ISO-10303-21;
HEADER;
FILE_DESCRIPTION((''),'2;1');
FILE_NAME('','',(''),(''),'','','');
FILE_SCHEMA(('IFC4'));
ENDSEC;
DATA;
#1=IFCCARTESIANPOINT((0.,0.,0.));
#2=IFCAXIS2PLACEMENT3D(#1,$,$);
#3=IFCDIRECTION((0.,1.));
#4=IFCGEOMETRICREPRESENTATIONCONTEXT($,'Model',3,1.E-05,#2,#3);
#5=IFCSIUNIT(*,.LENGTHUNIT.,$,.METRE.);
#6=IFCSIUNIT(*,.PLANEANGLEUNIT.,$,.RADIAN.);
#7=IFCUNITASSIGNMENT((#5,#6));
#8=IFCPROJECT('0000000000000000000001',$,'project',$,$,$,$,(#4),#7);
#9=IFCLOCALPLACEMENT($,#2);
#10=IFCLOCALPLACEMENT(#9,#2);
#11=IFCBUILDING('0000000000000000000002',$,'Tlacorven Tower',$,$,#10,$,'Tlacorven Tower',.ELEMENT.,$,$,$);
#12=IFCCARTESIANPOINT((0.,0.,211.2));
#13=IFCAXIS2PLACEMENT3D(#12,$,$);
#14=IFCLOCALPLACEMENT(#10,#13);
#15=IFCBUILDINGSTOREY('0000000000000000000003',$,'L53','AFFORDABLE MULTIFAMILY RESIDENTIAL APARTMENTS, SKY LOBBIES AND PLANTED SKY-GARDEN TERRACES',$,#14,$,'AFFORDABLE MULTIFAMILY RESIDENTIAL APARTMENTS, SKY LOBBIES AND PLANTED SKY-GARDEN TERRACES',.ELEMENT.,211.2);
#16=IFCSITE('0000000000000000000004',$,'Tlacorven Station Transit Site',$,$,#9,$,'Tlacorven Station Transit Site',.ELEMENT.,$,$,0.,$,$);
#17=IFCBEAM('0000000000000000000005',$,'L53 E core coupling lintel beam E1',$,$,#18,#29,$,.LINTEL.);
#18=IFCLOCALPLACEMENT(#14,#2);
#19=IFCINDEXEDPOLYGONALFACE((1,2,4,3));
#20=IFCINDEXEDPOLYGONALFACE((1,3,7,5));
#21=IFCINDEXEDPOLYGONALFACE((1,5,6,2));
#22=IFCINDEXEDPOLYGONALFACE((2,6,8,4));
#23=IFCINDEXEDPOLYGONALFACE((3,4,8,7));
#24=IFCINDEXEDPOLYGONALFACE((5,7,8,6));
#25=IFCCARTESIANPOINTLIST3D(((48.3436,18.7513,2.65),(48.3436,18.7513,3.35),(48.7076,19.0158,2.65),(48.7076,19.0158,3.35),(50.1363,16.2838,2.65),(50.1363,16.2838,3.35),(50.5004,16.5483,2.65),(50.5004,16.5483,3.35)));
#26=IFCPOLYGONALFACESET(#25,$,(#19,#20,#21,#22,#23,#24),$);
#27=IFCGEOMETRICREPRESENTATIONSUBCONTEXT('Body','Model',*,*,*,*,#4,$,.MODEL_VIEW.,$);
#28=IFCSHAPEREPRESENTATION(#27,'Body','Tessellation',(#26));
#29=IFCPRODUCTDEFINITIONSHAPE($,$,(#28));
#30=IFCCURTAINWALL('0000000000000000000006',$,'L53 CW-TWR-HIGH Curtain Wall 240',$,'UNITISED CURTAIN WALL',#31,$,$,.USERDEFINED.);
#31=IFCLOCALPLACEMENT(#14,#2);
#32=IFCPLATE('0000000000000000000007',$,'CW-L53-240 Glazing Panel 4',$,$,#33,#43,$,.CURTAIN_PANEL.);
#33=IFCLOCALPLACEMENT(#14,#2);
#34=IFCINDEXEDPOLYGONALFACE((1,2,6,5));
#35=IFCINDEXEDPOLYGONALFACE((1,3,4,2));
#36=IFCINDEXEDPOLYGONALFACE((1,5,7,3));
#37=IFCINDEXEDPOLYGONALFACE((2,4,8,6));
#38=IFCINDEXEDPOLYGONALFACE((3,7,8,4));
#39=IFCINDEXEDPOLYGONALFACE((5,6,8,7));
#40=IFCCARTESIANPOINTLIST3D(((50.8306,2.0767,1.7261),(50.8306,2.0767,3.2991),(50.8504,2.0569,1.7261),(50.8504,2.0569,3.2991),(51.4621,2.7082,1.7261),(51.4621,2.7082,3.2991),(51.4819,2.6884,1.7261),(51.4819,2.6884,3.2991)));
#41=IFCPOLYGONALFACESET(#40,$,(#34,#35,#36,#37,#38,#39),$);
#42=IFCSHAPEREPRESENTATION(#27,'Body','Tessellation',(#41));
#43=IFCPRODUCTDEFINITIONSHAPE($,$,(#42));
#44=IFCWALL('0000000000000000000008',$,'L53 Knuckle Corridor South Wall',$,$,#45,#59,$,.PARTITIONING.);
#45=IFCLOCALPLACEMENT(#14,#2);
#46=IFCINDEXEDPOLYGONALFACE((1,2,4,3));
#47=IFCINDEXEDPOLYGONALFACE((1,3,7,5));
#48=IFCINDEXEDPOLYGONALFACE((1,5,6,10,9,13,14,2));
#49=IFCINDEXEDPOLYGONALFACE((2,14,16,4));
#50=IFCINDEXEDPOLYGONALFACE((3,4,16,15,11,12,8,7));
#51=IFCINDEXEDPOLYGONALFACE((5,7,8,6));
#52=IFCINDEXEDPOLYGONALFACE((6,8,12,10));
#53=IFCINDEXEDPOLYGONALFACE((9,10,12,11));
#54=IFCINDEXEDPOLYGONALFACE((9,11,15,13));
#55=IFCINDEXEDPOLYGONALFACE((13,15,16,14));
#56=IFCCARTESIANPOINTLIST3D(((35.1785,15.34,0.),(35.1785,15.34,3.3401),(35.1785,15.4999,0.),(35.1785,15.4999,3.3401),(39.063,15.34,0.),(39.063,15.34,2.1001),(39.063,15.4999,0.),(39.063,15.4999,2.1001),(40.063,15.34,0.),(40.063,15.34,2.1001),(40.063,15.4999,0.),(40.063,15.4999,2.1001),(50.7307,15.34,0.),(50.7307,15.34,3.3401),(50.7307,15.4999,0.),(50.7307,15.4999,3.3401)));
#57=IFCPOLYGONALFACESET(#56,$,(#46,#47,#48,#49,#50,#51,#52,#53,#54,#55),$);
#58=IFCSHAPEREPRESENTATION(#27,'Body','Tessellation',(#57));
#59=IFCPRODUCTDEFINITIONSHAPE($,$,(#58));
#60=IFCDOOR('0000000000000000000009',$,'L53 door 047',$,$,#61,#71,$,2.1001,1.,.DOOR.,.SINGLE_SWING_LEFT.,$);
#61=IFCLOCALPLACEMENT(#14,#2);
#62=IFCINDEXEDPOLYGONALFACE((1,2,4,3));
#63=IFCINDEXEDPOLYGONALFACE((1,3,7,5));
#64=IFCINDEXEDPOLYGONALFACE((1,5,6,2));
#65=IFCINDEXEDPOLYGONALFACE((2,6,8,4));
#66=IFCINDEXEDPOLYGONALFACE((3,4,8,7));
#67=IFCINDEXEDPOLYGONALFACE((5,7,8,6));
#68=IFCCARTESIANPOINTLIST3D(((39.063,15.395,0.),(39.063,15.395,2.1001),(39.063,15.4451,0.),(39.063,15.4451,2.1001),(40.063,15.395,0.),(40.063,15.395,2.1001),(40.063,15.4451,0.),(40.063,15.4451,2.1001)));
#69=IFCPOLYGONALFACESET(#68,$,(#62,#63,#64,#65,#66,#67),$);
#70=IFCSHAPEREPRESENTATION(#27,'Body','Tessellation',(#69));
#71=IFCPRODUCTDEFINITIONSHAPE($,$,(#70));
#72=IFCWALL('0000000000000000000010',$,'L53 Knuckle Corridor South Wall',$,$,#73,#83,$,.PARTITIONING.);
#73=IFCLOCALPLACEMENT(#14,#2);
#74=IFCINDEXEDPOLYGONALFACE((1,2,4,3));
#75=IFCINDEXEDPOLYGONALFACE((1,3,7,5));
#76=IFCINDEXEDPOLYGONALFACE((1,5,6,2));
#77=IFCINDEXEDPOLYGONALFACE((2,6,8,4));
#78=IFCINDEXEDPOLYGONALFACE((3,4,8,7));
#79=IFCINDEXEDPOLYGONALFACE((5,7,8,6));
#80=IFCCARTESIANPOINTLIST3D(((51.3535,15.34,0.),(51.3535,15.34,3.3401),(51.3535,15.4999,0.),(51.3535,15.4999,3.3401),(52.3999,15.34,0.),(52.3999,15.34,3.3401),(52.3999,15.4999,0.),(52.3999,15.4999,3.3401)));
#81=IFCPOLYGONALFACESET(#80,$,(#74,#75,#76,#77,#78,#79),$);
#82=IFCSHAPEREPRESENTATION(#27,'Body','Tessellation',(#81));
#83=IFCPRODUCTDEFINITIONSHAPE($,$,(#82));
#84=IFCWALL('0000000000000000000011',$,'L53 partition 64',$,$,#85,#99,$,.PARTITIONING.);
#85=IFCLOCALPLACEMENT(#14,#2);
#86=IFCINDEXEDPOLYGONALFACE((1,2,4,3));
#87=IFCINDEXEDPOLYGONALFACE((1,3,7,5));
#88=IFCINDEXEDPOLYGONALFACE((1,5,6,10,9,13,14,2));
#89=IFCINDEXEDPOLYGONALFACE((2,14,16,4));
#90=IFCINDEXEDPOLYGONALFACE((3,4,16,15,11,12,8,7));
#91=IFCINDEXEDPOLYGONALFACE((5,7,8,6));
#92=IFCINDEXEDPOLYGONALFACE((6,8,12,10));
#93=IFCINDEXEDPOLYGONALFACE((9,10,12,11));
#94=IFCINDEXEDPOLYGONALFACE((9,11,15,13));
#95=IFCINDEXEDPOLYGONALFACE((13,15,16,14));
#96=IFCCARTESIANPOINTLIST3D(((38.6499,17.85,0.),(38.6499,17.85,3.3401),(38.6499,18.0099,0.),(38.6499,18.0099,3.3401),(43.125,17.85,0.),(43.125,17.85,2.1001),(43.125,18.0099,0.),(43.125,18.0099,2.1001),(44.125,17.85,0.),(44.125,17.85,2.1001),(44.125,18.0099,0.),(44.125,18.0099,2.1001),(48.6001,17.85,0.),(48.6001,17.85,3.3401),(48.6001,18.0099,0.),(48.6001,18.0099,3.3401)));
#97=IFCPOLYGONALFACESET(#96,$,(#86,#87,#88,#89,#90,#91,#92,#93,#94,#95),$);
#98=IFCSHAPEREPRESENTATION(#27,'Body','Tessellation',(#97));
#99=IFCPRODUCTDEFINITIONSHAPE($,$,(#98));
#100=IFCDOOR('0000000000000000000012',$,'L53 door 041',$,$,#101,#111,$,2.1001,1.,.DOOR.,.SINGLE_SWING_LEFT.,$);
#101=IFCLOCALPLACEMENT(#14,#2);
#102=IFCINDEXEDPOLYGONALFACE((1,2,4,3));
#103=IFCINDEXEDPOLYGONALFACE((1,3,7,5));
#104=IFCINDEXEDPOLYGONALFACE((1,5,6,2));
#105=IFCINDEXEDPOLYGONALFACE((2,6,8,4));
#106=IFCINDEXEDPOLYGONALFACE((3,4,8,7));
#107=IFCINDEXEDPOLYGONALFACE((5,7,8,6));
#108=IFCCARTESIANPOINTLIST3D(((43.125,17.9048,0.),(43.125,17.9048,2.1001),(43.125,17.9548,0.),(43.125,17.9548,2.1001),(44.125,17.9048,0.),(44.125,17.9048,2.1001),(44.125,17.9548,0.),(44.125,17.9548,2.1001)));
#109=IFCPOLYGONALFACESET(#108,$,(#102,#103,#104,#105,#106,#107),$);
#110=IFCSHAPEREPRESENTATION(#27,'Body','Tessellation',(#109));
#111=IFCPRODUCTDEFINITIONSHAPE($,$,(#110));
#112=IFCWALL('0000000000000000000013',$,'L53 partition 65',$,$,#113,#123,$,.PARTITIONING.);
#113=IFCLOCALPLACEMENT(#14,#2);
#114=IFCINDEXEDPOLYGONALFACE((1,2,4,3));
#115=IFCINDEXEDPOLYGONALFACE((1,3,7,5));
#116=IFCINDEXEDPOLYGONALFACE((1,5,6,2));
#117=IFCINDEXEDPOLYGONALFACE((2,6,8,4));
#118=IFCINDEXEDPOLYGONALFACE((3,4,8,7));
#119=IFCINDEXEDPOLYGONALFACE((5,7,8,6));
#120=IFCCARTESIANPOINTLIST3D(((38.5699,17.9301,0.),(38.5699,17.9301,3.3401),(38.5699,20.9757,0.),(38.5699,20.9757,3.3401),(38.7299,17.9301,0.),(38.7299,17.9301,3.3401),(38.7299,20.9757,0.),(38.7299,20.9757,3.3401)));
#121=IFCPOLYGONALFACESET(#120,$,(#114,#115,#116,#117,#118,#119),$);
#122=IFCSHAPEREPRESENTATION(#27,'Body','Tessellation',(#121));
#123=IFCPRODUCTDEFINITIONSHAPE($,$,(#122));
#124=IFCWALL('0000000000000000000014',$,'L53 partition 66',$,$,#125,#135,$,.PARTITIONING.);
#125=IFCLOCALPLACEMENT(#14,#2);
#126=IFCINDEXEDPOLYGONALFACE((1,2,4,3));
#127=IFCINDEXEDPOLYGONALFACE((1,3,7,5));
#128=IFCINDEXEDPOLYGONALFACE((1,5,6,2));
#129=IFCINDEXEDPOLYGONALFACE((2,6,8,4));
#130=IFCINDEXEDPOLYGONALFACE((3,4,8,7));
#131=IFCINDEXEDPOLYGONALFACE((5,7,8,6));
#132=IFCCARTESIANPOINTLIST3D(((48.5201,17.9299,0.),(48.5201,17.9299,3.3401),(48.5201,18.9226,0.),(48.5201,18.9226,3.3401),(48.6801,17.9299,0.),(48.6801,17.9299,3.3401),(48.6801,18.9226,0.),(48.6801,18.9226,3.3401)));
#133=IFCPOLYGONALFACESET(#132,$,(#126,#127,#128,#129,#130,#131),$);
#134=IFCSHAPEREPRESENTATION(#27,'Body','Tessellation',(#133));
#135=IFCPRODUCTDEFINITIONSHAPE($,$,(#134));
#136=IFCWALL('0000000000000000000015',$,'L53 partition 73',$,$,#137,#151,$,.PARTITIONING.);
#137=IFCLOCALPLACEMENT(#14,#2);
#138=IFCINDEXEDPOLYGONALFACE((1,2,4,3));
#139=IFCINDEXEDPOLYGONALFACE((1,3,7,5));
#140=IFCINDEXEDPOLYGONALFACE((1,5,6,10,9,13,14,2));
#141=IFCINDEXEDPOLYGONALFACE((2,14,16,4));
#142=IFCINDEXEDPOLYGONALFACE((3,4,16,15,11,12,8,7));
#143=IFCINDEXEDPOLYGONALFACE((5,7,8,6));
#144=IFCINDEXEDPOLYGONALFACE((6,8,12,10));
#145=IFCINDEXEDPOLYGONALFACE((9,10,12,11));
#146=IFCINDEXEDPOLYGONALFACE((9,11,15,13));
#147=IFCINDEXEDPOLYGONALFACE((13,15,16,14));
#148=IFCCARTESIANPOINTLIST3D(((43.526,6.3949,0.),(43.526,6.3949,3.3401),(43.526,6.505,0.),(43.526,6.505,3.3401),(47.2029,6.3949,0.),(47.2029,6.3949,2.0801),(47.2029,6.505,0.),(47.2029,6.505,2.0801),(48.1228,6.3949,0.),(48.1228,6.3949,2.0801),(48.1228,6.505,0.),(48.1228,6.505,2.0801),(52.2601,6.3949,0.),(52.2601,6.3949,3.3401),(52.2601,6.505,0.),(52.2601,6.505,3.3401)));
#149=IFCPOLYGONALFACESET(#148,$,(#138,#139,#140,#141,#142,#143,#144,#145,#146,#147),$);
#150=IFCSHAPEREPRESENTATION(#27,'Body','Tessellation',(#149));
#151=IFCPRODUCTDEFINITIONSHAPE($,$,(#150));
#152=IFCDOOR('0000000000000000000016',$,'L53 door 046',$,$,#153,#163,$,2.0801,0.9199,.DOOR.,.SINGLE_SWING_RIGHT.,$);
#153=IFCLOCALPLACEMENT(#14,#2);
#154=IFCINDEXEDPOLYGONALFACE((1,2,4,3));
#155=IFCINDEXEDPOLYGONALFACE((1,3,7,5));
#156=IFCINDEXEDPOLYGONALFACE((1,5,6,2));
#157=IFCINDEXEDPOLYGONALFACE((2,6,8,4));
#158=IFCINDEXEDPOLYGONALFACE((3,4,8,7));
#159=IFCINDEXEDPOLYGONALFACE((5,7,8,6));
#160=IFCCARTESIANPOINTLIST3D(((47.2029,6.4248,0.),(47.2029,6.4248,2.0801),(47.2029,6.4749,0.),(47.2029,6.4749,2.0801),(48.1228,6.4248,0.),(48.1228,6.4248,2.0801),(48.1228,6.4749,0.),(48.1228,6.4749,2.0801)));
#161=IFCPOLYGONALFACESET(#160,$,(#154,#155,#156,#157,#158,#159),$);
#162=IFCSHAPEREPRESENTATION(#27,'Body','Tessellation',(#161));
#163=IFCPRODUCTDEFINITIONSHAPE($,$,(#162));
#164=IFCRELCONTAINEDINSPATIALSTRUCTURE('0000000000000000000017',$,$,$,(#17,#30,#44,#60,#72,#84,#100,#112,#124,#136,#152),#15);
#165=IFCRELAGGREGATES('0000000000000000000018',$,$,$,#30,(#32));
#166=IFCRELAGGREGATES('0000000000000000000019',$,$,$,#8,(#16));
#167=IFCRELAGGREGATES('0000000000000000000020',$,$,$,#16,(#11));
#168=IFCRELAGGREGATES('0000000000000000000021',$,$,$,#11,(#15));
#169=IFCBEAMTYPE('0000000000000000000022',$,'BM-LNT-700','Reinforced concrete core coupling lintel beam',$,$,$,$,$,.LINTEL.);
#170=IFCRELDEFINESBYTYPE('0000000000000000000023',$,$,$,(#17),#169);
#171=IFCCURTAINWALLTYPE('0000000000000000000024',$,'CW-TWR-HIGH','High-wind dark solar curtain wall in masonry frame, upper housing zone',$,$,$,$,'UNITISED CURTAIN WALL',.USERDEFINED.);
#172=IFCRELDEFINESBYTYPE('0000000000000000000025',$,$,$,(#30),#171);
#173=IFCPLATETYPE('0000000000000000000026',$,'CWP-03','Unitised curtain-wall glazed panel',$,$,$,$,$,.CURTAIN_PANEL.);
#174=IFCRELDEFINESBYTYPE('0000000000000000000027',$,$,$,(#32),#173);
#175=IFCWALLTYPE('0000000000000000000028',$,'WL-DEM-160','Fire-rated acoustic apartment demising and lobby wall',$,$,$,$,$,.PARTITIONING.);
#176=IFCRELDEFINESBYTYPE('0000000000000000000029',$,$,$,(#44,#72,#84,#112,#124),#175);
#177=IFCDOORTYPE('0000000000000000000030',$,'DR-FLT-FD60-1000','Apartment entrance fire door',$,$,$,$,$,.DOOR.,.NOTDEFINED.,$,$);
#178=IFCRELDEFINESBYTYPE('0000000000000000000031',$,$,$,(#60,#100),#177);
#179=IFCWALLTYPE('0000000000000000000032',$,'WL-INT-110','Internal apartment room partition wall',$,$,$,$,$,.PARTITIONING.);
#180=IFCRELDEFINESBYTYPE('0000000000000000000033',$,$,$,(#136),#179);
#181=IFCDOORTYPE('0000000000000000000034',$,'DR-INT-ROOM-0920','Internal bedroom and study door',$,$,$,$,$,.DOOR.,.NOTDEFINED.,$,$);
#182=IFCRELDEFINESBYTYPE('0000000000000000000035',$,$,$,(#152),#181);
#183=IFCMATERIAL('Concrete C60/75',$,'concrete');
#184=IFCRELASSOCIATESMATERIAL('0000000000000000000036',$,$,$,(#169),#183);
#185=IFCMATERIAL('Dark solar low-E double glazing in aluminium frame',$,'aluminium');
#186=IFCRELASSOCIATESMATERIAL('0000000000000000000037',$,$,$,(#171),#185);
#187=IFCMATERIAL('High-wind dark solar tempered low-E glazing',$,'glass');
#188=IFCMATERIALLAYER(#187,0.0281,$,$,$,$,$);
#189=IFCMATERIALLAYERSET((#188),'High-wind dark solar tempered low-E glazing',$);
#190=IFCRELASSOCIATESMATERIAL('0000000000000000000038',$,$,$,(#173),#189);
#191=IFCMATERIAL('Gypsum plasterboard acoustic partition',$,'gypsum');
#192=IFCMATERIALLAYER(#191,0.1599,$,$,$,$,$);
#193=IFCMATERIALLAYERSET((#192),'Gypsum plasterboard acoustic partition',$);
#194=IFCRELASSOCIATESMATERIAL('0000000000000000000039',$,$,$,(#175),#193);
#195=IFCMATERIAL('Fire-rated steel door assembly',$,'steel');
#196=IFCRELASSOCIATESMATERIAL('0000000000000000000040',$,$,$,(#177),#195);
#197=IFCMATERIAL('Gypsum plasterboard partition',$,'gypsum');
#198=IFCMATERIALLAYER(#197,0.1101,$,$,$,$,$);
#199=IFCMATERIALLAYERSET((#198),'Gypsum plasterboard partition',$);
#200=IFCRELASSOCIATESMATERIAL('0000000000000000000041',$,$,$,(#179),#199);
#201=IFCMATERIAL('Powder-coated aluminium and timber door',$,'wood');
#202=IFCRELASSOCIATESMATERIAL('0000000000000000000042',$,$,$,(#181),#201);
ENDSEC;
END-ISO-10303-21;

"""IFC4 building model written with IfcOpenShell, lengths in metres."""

from ifc_helpers import new_model, si_unit, direction, frame, frame_2d, origin, origin_2d, place, context, subcontext, project, spatial, rectangle, extrude, source, transform, mapped, material, layer, layer_set, material_profile, profile_set, type_object, element, fill, aggregate, save


model = new_model("IFC4")

# Units and contexts
model_context = context("Model", 3, precision=1e-05, world=origin(), true_north=direction((0.0, 1.0)))
body_context = subcontext(model_context, "Body", "Model", "MODEL_VIEW")
ifc_project = project(units=[si_unit("LENGTHUNIT", "METRE"), si_unit("PLANEANGLEUNIT", "RADIAN")], contexts=[model_context])

# Site, building, storey
site_placement = place(None, origin())
site = spatial("IfcSite", under=ifc_project, at=site_placement, Name="Tlacorven Station Transit Site", LongName="Tlacorven Station Transit Site", CompositionType="ELEMENT", RefElevation=0.0)
building_placement = place(site_placement, origin())
building = spatial("IfcBuilding", under=site, at=building_placement, Name="Tlacorven Tower", LongName="Tlacorven Tower", CompositionType="ELEMENT")
storey_placement = place(building_placement, frame((0.0, 0.0, 211.2)))
storey = spatial("IfcBuildingStorey", under=building, at=storey_placement, Name="L53", Description="AFFORDABLE MULTIFAMILY RESIDENTIAL APARTMENTS, SKY LOBBIES AND PLANTED SKY-GARDEN TERRACES", LongName="AFFORDABLE MULTIFAMILY RESIDENTIAL APARTMENTS, SKY LOBBIES AND PLANTED SKY-GARDEN TERRACES", CompositionType="ELEMENT", Elevation=211.2)

# Beam
ifc_material_1 = material(Name="Concrete C60/75", Category="concrete")
ifc_material_profile = material_profile(ifc_material_1, rectangle(XDim=0.45, YDim=0.7, at=origin_2d()), Name="RC 450X700")
ifc_profile_set = profile_set([ifc_material_profile], Name="Concrete C60/75")
beam_type = type_object("IfcBeamType", Name="BM-LNT-700", Description="Reinforced concrete core coupling lintel beam", PredefinedType="LINTEL", material=ifc_profile_set)
shared_shape_1 = source(origin(), body_context, "Body", "SweptSolid", [
    extrude(rectangle(XDim=0.45, YDim=0.7, at=origin_2d()), origin(), (0.0, 0.0, 1.0), 3.05),
])
beam_placement = place(storey_placement, frame((50.3184, 16.416, 3.0), z_axis=(-0.587777, 0.809023, 0.0), x_axis=(-0.809023, -0.587777, 0.0)))
element("IfcBeam", 1, at=beam_placement, inside=storey, type_object=beam_type, Name="L53 E core coupling lintel beam E1", PredefinedType="LINTEL", context=body_context, shape_type="MappedRepresentation", body=[
    mapped(shared_shape_1, transform((0.0, 0.0, 0.0), scale=1.0)),
])

# Curtain wall, plate
ifc_material_2 = material(Name="Dark solar low-E double glazing in aluminium frame", Category="aluminium")
curtain_wall_type = type_object("IfcCurtainWallType", Name="CW-TWR-HIGH", Description="High-wind dark solar curtain wall in masonry frame, upper housing zone", ElementType="UNITISED CURTAIN WALL", PredefinedType="USERDEFINED", material=ifc_material_2)
curtain_wall_placement = place(storey_placement, origin())
curtain_wall = element("IfcCurtainWall", 2, at=curtain_wall_placement, inside=storey, type_object=curtain_wall_type, Name="L53 CW-TWR-HIGH Curtain Wall 240", ObjectType="UNITISED CURTAIN WALL", PredefinedType="USERDEFINED")
ifc_material_3 = material(Name="High-wind dark solar tempered low-E glazing", Category="glass")
ifc_layer_1 = layer(ifc_material_3, 0.0281)
ifc_layer_set_1 = layer_set([ifc_layer_1], Name="High-wind dark solar tempered low-E glazing")
plate_type = type_object("IfcPlateType", Name="CWP-03", Description="Unitised curtain-wall glazed panel", PredefinedType="CURTAIN_PANEL", material=ifc_layer_set_1)
shared_shape_2 = source(origin(), body_context, "Body", "SweptSolid", [
    extrude(rectangle(XDim=0.8931, YDim=0.0281, at=origin_2d()), origin(), (0.0, 0.0, 1.0), 1.573),
])
plate_placement = place(storey_placement, frame((51.1562, 2.3826, 1.7261), z_axis=(0.0, 0.0, 1.0), x_axis=(-0.707107, -0.707107, 0.0)))
plate = element("IfcPlate", 3, at=plate_placement, type_object=plate_type, Name="CW-L53-240 Glazing Panel 4", PredefinedType="CURTAIN_PANEL", context=body_context, shape_type="MappedRepresentation", body=[
    mapped(shared_shape_2, transform((0.0, 0.0, 0.0), scale=1.0)),
])
aggregate(curtain_wall, [plate])

# Wall, opening, door
ifc_material_4 = material(Name="Gypsum plasterboard acoustic partition", Category="gypsum")
ifc_layer_2 = layer(ifc_material_4, 0.1599)
ifc_layer_set_2 = layer_set([ifc_layer_2], Name="Gypsum plasterboard acoustic partition")
wall_type_1 = type_object("IfcWallType", Name="WL-DEM-160", Description="Fire-rated acoustic apartment demising and lobby wall", PredefinedType="PARTITIONING", material=ifc_layer_set_2)
wall_1_placement = place(storey_placement, frame((35.1785, 15.4199, 0.0), z_axis=(0.0, 0.0, 1.0), x_axis=(1.0, 0.0, 0.0)))
wall_1 = element("IfcWall", 4, at=wall_1_placement, inside=storey, type_object=wall_type_1, Name="L53 Knuckle Corridor South Wall", PredefinedType="PARTITIONING", context=body_context, shape_type="SweptSolid", body=[
    extrude(rectangle(XDim=15.5522, YDim=0.1599, at=frame_2d((7.7761, 0.0))), origin(), (0.0, 0.0, 1.0), 3.3401),
])
opening_1_placement = place(wall_1_placement, frame((3.8845, 0.0, 0.0)))
opening_1 = element("IfcOpeningElement", 5, at=opening_1_placement, cuts=wall_1, PredefinedType="OPENING", context=body_context, shape_type="SweptSolid", body=[
    extrude(rectangle(XDim=1.0, YDim=2.1001, at=frame_2d((0.5, 1.05))), frame((0.0, 0.0898, 0.0), z_axis=(0.0, -1.0, 0.0), x_axis=(1.0, 0.0, 0.0)), (0.0, 0.0, 1.0), 0.1799),
])
ifc_material_5 = material(Name="Fire-rated steel door assembly", Category="steel")
door_type_1 = type_object("IfcDoorType", Name="DR-FLT-FD60-1000", Description="Apartment entrance fire door", OperationType="NOTDEFINED", PredefinedType="DOOR", material=ifc_material_5)
shared_shape_3 = source(origin(), body_context, "Body", "SweptSolid", [
    extrude(rectangle(XDim=1.0, YDim=2.1001, at=frame_2d((0.5, 1.05))), frame((0.0, 0.0249, 0.0), z_axis=(0.0, -1.0, 0.0), x_axis=(1.0, 0.0, 0.0)), (0.0, 0.0, 1.0), 0.05),
])
door_1_placement = place(opening_1_placement, frame((1.0, 0.0, 0.0), z_axis=(0.0, 0.0, 1.0), x_axis=(-1.0, 0.0, 0.0)))
door_1 = element("IfcDoor", 6, at=door_1_placement, inside=storey, type_object=door_type_1, Name="L53 door 047", OperationType="SINGLE_SWING_LEFT", OverallHeight=2.1001, OverallWidth=1.0, PredefinedType="DOOR", context=body_context, shape_type="MappedRepresentation", body=[
    mapped(shared_shape_3, transform((0.0, 0.0, 0.0), scale=1.0)),
])
fill(opening_1, door_1)

# Wall
wall_2_placement = place(storey_placement, frame((51.3535, 15.4199, 0.0), z_axis=(0.0, 0.0, 1.0), x_axis=(1.0, 0.0, 0.0)))
element("IfcWall", 7, at=wall_2_placement, inside=storey, type_object=wall_type_1, Name="L53 Knuckle Corridor South Wall", PredefinedType="PARTITIONING", context=body_context, shape_type="SweptSolid", body=[
    extrude(rectangle(XDim=1.0464, YDim=0.1599, at=frame_2d((0.5232, 0.0))), origin(), (0.0, 0.0, 1.0), 3.3401),
])

# Wall, opening, door
wall_3_placement = place(storey_placement, frame((38.6499, 17.9299, 0.0), z_axis=(0.0, 0.0, 1.0), x_axis=(1.0, 0.0, 0.0)))
wall_3 = element("IfcWall", 8, at=wall_3_placement, inside=storey, type_object=wall_type_1, Name="L53 partition 64", PredefinedType="PARTITIONING", context=body_context, shape_type="SweptSolid", body=[
    extrude(rectangle(XDim=9.9502, YDim=0.1599, at=frame_2d((4.9751, 0.0))), origin(), (0.0, 0.0, 1.0), 3.3401),
])
opening_2_placement = place(wall_3_placement, frame((4.4751, 0.0, 0.0)))
opening_2 = element("IfcOpeningElement", 9, at=opening_2_placement, cuts=wall_3, PredefinedType="OPENING", context=body_context, shape_type="SweptSolid", body=[
    extrude(rectangle(XDim=1.0, YDim=2.1001, at=frame_2d((0.5, 1.05))), frame((0.0, 0.0898, 0.0), z_axis=(0.0, -1.0, 0.0), x_axis=(1.0, 0.0, 0.0)), (0.0, 0.0, 1.0), 0.1799),
])
door_2_placement = place(opening_2_placement, origin())
door_2 = element("IfcDoor", 10, at=door_2_placement, inside=storey, type_object=door_type_1, Name="L53 door 041", OperationType="SINGLE_SWING_LEFT", OverallHeight=2.1001, OverallWidth=1.0, PredefinedType="DOOR", context=body_context, shape_type="MappedRepresentation", body=[
    mapped(shared_shape_3, transform((0.0, 0.0, 0.0), scale=1.0)),
])
fill(opening_2, door_2)

# Walls
wall_4_placement = place(storey_placement, frame((38.6499, 17.9299, 0.0), z_axis=(0.0, 0.0, 1.0), x_axis=(0.0, 1.0, 0.0)))
element("IfcWall", 11, at=wall_4_placement, inside=storey, type_object=wall_type_1, Name="L53 partition 65", PredefinedType="PARTITIONING", context=body_context, shape_type="SweptSolid", body=[
    extrude(rectangle(XDim=3.0457, YDim=0.1599, at=frame_2d((1.5229, 0.0))), origin(), (0.0, 0.0, 1.0), 3.3401),
])
wall_5_placement = place(storey_placement, frame((48.6001, 17.9299, 0.0), z_axis=(0.0, 0.0, 1.0), x_axis=(0.0, 1.0, 0.0)))
element("IfcWall", 12, at=wall_5_placement, inside=storey, type_object=wall_type_1, Name="L53 partition 66", PredefinedType="PARTITIONING", context=body_context, shape_type="SweptSolid", body=[
    extrude(rectangle(XDim=0.9927, YDim=0.1599, at=frame_2d((0.4963, 0.0))), origin(), (0.0, 0.0, 1.0), 3.3401),
])

# Wall, opening, door
ifc_material_6 = material(Name="Gypsum plasterboard partition", Category="gypsum")
ifc_layer_3 = layer(ifc_material_6, 0.1101)
ifc_layer_set_3 = layer_set([ifc_layer_3], Name="Gypsum plasterboard partition")
wall_type_2 = type_object("IfcWallType", Name="WL-INT-110", Description="Internal apartment room partition wall", PredefinedType="PARTITIONING", material=ifc_layer_set_3)
wall_6_placement = place(storey_placement, frame((43.5259, 6.45, 0.0), z_axis=(0.0, 0.0, 1.0), x_axis=(1.0, 0.0, 0.0)))
wall_6 = element("IfcWall", 13, at=wall_6_placement, inside=storey, type_object=wall_type_2, Name="L53 partition 73", PredefinedType="PARTITIONING", context=body_context, shape_type="SweptSolid", body=[
    extrude(rectangle(XDim=8.7341, YDim=0.1101, at=frame_2d((4.3672, 0.0))), origin(), (0.0, 0.0, 1.0), 3.3401),
])
opening_3_placement = place(wall_6_placement, frame((3.677, 0.0, 0.0)))
opening_3 = element("IfcOpeningElement", 14, at=opening_3_placement, cuts=wall_6, PredefinedType="OPENING", context=body_context, shape_type="SweptSolid", body=[
    extrude(rectangle(XDim=0.9199, YDim=2.0801, at=frame_2d((0.46, 1.04))), frame((0.0, 0.0649, 0.0), z_axis=(0.0, -1.0, 0.0), x_axis=(1.0, 0.0, 0.0)), (0.0, 0.0, 1.0), 0.1301),
])
ifc_material_7 = material(Name="Powder-coated aluminium and timber door", Category="wood")
door_type_2 = type_object("IfcDoorType", Name="DR-INT-ROOM-0920", Description="Internal bedroom and study door", OperationType="NOTDEFINED", PredefinedType="DOOR", material=ifc_material_7)
shared_shape_4 = source(origin(), body_context, "Body", "SweptSolid", [
    extrude(rectangle(XDim=0.9199, YDim=2.0801, at=frame_2d((0.46, 1.04))), frame((0.0, 0.0249, 0.0), z_axis=(0.0, -1.0, 0.0), x_axis=(1.0, 0.0, 0.0)), (0.0, 0.0, 1.0), 0.05),
])
door_3_placement = place(opening_3_placement, origin())
door_3 = element("IfcDoor", 15, at=door_3_placement, inside=storey, type_object=door_type_2, Name="L53 door 046", OperationType="SINGLE_SWING_RIGHT", OverallHeight=2.0801, OverallWidth=0.9199, PredefinedType="DOOR", context=body_context, shape_type="MappedRepresentation", body=[
    mapped(shared_shape_4, transform((0.0, 0.0, 0.0), scale=1.0)),
])
fill(opening_3, door_3)

save(model, "model.ifc")
